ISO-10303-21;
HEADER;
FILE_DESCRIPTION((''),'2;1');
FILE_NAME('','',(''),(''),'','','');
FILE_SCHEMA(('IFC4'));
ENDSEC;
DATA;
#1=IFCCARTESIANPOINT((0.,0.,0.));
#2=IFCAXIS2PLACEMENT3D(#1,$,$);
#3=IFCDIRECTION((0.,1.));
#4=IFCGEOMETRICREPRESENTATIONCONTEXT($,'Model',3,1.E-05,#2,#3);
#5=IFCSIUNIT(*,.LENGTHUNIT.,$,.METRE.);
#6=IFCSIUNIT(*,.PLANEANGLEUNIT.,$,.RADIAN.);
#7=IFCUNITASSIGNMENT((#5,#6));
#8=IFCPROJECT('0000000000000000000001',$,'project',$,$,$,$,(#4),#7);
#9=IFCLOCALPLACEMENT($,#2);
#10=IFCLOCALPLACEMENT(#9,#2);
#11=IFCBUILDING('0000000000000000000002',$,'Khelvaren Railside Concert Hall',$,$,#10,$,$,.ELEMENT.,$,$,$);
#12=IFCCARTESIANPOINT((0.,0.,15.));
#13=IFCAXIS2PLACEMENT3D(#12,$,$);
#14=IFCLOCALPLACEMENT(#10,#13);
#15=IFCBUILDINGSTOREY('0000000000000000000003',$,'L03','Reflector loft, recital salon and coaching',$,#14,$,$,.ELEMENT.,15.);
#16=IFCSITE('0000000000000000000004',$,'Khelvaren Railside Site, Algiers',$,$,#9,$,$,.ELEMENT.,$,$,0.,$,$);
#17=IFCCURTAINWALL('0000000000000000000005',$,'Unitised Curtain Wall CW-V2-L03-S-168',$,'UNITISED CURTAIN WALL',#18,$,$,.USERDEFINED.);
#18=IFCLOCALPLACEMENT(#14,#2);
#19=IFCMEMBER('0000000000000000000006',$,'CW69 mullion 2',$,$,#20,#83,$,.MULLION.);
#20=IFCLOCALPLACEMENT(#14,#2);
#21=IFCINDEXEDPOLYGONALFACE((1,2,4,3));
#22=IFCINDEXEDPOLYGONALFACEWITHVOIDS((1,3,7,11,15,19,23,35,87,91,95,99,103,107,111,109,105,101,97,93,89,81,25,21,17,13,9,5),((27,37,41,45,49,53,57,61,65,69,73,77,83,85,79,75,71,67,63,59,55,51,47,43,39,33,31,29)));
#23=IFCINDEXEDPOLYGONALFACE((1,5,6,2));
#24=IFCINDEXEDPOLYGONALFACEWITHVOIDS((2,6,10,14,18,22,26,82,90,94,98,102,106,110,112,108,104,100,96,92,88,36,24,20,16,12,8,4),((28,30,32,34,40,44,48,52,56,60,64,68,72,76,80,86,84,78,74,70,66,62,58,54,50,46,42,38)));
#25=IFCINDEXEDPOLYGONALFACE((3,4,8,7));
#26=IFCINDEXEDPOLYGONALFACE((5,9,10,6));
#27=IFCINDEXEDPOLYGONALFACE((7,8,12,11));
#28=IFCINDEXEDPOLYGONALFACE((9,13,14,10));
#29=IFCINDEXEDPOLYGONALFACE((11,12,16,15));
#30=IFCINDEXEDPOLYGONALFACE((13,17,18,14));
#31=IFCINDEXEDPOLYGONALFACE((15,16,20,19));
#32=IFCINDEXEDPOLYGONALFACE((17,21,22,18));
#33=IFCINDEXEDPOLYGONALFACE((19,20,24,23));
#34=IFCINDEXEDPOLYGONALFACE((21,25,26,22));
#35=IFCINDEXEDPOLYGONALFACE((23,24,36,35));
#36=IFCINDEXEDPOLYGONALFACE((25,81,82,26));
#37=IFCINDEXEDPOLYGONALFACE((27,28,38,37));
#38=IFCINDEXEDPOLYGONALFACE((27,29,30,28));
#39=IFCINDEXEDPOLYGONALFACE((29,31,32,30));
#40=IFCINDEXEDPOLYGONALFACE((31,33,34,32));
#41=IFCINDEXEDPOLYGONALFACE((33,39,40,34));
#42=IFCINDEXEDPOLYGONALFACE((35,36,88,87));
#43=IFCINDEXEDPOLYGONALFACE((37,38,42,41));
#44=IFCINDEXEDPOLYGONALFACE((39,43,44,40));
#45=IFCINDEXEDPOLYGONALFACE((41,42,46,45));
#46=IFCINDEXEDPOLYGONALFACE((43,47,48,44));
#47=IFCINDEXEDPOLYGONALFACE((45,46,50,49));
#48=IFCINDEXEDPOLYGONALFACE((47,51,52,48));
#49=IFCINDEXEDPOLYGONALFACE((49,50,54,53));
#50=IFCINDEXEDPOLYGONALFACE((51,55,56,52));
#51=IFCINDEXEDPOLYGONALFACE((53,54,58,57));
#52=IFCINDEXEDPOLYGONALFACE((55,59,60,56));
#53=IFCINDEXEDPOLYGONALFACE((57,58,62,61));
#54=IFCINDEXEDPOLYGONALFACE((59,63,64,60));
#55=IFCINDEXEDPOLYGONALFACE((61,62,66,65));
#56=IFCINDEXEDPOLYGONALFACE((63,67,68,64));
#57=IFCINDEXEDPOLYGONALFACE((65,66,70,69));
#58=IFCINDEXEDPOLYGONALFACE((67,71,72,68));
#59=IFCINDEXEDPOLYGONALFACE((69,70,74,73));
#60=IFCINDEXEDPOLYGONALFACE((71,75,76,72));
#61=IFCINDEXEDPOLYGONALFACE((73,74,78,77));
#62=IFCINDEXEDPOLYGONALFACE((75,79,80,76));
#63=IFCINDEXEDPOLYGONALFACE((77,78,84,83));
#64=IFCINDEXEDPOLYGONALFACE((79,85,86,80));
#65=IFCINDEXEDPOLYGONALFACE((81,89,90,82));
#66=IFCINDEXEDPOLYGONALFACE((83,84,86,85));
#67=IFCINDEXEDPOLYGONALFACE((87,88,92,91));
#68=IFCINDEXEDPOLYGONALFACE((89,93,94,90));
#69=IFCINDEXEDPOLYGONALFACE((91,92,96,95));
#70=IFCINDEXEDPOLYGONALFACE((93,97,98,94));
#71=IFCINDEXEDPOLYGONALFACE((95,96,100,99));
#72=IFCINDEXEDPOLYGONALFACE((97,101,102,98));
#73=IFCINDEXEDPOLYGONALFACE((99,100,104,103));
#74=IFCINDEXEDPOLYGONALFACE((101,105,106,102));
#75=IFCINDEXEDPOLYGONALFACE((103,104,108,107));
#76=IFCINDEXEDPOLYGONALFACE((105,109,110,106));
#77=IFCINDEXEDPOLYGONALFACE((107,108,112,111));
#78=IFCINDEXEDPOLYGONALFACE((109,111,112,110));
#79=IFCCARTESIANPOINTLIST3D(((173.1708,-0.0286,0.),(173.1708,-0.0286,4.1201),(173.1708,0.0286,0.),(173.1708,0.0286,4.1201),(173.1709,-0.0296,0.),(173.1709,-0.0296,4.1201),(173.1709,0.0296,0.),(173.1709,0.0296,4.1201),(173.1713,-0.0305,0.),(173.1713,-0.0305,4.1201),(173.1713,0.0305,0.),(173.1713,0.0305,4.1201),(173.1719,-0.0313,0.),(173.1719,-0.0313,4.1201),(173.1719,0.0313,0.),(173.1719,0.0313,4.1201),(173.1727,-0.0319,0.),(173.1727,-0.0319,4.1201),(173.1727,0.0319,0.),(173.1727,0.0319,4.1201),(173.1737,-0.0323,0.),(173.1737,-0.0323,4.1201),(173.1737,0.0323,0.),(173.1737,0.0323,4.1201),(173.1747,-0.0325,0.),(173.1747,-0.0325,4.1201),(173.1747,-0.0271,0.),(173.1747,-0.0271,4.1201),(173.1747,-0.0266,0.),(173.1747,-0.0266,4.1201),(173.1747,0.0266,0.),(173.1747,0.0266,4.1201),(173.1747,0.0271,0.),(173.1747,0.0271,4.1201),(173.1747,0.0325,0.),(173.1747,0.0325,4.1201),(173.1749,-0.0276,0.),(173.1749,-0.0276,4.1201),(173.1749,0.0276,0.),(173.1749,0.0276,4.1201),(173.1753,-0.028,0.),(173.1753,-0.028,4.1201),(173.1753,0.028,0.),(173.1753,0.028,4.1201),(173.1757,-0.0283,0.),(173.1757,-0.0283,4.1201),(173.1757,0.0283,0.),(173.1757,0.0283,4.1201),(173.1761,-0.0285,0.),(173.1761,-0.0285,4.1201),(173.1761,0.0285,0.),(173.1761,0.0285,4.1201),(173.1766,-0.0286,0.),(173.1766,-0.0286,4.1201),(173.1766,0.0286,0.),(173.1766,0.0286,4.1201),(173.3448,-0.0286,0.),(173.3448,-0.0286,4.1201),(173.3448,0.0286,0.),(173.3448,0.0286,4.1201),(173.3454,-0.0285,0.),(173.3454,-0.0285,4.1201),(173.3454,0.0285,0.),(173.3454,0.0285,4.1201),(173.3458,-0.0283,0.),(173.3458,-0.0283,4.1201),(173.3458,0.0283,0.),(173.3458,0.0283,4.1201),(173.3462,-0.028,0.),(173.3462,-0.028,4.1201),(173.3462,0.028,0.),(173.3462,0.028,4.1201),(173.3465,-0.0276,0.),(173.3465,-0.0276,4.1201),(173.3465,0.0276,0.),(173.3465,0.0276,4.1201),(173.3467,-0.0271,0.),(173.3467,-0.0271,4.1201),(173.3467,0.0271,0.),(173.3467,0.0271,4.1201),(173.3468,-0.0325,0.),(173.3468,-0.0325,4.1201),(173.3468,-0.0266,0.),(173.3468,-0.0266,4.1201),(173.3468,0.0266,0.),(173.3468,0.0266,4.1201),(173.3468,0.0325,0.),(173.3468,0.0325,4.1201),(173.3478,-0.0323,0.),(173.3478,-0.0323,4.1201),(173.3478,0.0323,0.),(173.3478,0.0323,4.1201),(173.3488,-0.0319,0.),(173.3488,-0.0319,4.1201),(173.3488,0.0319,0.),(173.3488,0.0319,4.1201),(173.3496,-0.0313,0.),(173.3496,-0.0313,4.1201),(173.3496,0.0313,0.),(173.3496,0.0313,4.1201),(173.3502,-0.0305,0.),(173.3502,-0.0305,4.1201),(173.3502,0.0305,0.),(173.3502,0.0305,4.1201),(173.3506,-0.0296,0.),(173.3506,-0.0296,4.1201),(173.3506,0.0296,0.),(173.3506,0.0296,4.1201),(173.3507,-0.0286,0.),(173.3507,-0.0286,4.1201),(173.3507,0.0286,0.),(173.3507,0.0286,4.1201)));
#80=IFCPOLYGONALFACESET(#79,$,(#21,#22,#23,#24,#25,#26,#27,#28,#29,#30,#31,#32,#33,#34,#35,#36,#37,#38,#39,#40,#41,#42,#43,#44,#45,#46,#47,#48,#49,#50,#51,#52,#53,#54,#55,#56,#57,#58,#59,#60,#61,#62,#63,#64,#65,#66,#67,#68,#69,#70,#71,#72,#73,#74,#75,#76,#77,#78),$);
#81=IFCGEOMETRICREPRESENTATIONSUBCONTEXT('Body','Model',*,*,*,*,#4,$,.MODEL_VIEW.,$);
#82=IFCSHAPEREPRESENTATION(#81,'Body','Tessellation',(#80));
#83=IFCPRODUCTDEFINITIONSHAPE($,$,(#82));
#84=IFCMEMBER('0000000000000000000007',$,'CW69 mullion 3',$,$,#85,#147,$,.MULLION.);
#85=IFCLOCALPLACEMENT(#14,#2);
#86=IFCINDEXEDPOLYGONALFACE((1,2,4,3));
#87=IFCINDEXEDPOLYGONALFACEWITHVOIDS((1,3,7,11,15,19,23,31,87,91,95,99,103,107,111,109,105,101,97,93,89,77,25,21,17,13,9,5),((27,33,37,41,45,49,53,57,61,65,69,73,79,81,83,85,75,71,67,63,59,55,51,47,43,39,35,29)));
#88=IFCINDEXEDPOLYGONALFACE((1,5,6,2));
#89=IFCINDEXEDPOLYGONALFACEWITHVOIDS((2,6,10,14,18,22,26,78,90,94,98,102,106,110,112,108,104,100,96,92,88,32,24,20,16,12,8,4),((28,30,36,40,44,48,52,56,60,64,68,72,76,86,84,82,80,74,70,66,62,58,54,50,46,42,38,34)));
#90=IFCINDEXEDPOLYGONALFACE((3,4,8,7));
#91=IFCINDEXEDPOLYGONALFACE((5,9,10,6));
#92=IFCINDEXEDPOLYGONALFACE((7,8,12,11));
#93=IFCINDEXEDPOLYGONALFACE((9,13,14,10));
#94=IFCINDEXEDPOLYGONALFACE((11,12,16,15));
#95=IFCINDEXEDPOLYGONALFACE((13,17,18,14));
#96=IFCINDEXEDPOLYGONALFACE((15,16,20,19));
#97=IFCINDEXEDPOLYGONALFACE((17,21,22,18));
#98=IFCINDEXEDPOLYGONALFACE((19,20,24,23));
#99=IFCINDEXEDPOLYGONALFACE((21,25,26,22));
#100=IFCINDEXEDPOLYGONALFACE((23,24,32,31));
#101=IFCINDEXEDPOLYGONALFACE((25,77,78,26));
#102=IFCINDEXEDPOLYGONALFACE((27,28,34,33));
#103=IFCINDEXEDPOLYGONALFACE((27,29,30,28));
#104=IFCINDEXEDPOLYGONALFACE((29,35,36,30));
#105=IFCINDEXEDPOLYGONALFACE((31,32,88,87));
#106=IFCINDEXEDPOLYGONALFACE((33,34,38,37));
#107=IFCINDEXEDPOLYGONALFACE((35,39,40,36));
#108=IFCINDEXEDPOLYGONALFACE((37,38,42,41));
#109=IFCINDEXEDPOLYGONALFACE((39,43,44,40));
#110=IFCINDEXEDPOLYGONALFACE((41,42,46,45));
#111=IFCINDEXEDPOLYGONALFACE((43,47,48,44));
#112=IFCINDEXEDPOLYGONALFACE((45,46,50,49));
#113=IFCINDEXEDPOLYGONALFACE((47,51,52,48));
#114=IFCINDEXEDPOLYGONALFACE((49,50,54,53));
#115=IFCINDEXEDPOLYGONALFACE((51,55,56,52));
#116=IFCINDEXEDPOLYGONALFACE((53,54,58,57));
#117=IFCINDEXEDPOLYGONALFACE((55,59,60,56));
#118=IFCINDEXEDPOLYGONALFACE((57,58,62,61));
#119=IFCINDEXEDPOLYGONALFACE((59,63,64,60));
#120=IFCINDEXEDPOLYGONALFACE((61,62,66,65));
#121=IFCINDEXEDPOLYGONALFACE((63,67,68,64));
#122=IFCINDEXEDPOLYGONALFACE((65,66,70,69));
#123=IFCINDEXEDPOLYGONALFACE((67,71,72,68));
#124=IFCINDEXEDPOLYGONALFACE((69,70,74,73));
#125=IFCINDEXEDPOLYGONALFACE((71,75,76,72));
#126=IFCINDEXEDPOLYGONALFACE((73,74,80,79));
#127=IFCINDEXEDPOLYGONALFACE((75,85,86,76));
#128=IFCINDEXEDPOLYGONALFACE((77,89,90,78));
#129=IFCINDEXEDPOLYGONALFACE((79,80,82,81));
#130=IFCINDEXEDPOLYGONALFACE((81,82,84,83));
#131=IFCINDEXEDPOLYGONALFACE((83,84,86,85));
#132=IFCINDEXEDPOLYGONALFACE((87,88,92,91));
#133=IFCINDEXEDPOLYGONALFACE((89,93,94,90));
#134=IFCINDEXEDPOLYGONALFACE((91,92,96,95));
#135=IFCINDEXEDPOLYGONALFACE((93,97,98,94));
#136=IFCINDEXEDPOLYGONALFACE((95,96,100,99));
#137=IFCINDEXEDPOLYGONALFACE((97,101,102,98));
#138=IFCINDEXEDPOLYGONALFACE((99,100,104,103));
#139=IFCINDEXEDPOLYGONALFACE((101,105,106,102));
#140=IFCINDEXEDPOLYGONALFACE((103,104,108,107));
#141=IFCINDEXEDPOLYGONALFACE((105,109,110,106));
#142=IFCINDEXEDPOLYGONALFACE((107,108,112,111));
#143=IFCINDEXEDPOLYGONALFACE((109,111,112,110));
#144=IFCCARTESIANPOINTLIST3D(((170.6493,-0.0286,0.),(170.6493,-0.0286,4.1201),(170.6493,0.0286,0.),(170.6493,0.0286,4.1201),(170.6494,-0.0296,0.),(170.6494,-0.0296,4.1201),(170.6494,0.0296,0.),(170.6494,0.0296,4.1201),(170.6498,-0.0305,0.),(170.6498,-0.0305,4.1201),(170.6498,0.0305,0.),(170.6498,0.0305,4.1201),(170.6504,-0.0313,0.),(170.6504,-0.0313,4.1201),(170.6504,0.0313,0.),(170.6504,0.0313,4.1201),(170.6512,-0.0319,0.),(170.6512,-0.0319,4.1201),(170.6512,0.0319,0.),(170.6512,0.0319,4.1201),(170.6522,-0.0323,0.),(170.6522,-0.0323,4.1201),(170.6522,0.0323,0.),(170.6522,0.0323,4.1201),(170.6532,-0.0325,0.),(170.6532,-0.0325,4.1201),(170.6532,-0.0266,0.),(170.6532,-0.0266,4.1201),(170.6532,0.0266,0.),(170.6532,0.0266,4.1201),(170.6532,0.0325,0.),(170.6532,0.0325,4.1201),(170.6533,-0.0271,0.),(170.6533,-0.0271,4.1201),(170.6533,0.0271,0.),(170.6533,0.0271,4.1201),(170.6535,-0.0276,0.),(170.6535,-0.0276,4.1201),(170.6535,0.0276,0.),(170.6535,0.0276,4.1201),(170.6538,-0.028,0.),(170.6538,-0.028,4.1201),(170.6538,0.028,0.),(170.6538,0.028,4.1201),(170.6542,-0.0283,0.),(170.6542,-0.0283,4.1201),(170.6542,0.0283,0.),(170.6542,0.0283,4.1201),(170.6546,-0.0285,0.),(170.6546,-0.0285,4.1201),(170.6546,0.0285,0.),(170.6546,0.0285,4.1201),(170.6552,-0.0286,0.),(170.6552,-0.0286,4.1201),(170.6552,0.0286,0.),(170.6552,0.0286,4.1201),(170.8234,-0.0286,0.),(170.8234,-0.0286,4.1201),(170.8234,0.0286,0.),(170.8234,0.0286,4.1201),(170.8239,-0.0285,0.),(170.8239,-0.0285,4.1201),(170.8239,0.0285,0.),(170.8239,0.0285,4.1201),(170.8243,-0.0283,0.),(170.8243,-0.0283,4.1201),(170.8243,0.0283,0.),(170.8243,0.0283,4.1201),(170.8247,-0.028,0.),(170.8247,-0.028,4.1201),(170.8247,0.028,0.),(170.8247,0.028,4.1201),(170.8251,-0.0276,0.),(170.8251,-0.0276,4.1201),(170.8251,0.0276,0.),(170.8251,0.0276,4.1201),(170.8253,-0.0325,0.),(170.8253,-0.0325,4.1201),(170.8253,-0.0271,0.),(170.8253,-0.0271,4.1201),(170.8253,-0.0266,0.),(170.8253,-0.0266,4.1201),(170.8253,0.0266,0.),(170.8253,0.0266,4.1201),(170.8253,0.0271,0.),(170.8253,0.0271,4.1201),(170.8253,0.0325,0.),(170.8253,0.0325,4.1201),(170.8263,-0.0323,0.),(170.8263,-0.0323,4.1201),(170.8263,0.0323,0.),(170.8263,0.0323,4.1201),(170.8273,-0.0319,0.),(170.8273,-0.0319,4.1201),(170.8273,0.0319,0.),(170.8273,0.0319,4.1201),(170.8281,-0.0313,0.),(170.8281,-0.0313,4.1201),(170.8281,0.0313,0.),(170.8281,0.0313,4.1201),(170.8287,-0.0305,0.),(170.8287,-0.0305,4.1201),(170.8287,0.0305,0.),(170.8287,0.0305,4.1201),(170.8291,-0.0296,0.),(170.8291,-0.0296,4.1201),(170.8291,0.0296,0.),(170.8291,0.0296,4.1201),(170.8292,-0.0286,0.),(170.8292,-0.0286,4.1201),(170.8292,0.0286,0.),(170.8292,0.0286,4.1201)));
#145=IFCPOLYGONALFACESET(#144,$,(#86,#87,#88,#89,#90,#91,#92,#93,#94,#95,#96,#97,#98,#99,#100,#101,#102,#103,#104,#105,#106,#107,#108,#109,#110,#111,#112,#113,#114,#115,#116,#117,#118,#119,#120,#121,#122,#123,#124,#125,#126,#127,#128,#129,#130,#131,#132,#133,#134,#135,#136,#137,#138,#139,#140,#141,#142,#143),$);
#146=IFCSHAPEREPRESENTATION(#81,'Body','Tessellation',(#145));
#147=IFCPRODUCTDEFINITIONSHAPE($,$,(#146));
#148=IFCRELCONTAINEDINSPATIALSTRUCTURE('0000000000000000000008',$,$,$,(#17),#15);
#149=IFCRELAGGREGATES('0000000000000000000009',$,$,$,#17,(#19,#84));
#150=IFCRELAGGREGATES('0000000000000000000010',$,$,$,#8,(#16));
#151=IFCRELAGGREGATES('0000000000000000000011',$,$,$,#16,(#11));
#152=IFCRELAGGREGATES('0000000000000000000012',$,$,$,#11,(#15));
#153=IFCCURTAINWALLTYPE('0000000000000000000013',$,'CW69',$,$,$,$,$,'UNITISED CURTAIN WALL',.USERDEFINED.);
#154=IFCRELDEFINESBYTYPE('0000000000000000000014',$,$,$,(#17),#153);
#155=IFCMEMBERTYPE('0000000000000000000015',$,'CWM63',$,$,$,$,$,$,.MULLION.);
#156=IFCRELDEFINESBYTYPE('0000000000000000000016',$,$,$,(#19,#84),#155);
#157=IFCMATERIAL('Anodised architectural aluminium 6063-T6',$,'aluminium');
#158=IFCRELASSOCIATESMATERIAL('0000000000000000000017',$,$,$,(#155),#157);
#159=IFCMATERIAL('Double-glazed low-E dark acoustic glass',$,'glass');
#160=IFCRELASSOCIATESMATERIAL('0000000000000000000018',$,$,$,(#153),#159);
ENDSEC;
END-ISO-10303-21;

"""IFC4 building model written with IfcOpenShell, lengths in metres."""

from ifc_helpers import new_model, si_unit, direction, frame, origin, origin_2d, place, context, subcontext, project, spatial, hollow_rectangle, extrude, material, material_profile, profile_set, type_object, element, aggregate, save


model = new_model("IFC4")

# Units and contexts
model_context = context("Model", 3, precision=1e-05, world=origin(), true_north=direction((0.0, 1.0)))
body_context = subcontext(model_context, "Body", "Model", "MODEL_VIEW")
ifc_project = project(units=[si_unit("LENGTHUNIT", "METRE"), si_unit("PLANEANGLEUNIT", "RADIAN")], contexts=[model_context])

# Site, building, storey
site_placement = place(None, origin())
site = spatial("IfcSite", under=ifc_project, at=site_placement, Name="Khelvaren Railside Site, Algiers", CompositionType="ELEMENT", RefElevation=0.0)
building_placement = place(site_placement, origin())
building = spatial("IfcBuilding", under=site, at=building_placement, Name="Khelvaren Railside Concert Hall", CompositionType="ELEMENT")
storey_placement = place(building_placement, frame((0.0, 0.0, 15.0)))
storey = spatial("IfcBuildingStorey", under=building, at=storey_placement, Name="L03", Description="Reflector loft, recital salon and coaching", CompositionType="ELEMENT", Elevation=15.0)

# Shared definitions
ifc_material_1 = material(Name="Double-glazed low-E dark acoustic glass", Category="glass")
ifc_material_2 = material(Name="Anodised architectural aluminium 6063-T6", Category="aluminium")
ifc_material_profile_1 = material_profile(ifc_material_2, hollow_rectangle(XDim=0.0649, YDim=0.1799, WallThickness=0.0039, InnerFilletRadius=0.002, OuterFilletRadius=0.0039, at=origin_2d()), Name="CWM 65x180x4")
ifc_profile_set_1 = profile_set([ifc_material_profile_1], Name="Anodised architectural aluminium 6063-T6")
member_type_1 = type_object("IfcMemberType", Name="CWM63", PredefinedType="MULLION", material=ifc_profile_set_1)

# Curtain wall, members
curtain_wall_type_1 = type_object("IfcCurtainWallType", Name="CW69", ElementType="UNITISED CURTAIN WALL", PredefinedType="USERDEFINED", material=ifc_material_1)
curtain_wall_1_placement = place(storey_placement, origin())
curtain_wall_1 = element("IfcCurtainWall", 1, at=curtain_wall_1_placement, inside=storey, type_object=curtain_wall_type_1, Name="Unitised Curtain Wall CW-V2-L03-S-168", ObjectType="UNITISED CURTAIN WALL", PredefinedType="USERDEFINED")
member_1_placement = place(storey_placement, frame((173.2607, 0.0, 0.0), z_axis=(0.0, 0.0, 1.0), x_axis=(0.0, -1.0, 0.0)))
member_1 = element("IfcMember", 2, at=member_1_placement, type_object=member_type_1, Name="CW69 mullion 2", PredefinedType="MULLION", context=body_context, shape_type="SweptSolid", body=[
    extrude(hollow_rectangle(XDim=0.0649, YDim=0.1799, WallThickness=0.0039, InnerFilletRadius=0.002, OuterFilletRadius=0.0039, at=origin_2d()), origin(), (0.0, 0.0, 1.0), 4.1201),
])
member_2_placement = place(storey_placement, frame((170.7393, 0.0, 0.0), z_axis=(0.0, 0.0, 1.0), x_axis=(0.0, -1.0, 0.0)))
member_2 = element("IfcMember", 3, at=member_2_placement, type_object=member_type_1, Name="CW69 mullion 3", PredefinedType="MULLION", context=body_context, shape_type="SweptSolid", body=[
    extrude(hollow_rectangle(XDim=0.0649, YDim=0.1799, WallThickness=0.0039, InnerFilletRadius=0.002, OuterFilletRadius=0.0039, at=origin_2d()), origin(), (0.0, 0.0, 1.0), 4.1201),
])

aggregate(curtain_wall_1, [member_1, member_2])

save(model, "model.ifc")
